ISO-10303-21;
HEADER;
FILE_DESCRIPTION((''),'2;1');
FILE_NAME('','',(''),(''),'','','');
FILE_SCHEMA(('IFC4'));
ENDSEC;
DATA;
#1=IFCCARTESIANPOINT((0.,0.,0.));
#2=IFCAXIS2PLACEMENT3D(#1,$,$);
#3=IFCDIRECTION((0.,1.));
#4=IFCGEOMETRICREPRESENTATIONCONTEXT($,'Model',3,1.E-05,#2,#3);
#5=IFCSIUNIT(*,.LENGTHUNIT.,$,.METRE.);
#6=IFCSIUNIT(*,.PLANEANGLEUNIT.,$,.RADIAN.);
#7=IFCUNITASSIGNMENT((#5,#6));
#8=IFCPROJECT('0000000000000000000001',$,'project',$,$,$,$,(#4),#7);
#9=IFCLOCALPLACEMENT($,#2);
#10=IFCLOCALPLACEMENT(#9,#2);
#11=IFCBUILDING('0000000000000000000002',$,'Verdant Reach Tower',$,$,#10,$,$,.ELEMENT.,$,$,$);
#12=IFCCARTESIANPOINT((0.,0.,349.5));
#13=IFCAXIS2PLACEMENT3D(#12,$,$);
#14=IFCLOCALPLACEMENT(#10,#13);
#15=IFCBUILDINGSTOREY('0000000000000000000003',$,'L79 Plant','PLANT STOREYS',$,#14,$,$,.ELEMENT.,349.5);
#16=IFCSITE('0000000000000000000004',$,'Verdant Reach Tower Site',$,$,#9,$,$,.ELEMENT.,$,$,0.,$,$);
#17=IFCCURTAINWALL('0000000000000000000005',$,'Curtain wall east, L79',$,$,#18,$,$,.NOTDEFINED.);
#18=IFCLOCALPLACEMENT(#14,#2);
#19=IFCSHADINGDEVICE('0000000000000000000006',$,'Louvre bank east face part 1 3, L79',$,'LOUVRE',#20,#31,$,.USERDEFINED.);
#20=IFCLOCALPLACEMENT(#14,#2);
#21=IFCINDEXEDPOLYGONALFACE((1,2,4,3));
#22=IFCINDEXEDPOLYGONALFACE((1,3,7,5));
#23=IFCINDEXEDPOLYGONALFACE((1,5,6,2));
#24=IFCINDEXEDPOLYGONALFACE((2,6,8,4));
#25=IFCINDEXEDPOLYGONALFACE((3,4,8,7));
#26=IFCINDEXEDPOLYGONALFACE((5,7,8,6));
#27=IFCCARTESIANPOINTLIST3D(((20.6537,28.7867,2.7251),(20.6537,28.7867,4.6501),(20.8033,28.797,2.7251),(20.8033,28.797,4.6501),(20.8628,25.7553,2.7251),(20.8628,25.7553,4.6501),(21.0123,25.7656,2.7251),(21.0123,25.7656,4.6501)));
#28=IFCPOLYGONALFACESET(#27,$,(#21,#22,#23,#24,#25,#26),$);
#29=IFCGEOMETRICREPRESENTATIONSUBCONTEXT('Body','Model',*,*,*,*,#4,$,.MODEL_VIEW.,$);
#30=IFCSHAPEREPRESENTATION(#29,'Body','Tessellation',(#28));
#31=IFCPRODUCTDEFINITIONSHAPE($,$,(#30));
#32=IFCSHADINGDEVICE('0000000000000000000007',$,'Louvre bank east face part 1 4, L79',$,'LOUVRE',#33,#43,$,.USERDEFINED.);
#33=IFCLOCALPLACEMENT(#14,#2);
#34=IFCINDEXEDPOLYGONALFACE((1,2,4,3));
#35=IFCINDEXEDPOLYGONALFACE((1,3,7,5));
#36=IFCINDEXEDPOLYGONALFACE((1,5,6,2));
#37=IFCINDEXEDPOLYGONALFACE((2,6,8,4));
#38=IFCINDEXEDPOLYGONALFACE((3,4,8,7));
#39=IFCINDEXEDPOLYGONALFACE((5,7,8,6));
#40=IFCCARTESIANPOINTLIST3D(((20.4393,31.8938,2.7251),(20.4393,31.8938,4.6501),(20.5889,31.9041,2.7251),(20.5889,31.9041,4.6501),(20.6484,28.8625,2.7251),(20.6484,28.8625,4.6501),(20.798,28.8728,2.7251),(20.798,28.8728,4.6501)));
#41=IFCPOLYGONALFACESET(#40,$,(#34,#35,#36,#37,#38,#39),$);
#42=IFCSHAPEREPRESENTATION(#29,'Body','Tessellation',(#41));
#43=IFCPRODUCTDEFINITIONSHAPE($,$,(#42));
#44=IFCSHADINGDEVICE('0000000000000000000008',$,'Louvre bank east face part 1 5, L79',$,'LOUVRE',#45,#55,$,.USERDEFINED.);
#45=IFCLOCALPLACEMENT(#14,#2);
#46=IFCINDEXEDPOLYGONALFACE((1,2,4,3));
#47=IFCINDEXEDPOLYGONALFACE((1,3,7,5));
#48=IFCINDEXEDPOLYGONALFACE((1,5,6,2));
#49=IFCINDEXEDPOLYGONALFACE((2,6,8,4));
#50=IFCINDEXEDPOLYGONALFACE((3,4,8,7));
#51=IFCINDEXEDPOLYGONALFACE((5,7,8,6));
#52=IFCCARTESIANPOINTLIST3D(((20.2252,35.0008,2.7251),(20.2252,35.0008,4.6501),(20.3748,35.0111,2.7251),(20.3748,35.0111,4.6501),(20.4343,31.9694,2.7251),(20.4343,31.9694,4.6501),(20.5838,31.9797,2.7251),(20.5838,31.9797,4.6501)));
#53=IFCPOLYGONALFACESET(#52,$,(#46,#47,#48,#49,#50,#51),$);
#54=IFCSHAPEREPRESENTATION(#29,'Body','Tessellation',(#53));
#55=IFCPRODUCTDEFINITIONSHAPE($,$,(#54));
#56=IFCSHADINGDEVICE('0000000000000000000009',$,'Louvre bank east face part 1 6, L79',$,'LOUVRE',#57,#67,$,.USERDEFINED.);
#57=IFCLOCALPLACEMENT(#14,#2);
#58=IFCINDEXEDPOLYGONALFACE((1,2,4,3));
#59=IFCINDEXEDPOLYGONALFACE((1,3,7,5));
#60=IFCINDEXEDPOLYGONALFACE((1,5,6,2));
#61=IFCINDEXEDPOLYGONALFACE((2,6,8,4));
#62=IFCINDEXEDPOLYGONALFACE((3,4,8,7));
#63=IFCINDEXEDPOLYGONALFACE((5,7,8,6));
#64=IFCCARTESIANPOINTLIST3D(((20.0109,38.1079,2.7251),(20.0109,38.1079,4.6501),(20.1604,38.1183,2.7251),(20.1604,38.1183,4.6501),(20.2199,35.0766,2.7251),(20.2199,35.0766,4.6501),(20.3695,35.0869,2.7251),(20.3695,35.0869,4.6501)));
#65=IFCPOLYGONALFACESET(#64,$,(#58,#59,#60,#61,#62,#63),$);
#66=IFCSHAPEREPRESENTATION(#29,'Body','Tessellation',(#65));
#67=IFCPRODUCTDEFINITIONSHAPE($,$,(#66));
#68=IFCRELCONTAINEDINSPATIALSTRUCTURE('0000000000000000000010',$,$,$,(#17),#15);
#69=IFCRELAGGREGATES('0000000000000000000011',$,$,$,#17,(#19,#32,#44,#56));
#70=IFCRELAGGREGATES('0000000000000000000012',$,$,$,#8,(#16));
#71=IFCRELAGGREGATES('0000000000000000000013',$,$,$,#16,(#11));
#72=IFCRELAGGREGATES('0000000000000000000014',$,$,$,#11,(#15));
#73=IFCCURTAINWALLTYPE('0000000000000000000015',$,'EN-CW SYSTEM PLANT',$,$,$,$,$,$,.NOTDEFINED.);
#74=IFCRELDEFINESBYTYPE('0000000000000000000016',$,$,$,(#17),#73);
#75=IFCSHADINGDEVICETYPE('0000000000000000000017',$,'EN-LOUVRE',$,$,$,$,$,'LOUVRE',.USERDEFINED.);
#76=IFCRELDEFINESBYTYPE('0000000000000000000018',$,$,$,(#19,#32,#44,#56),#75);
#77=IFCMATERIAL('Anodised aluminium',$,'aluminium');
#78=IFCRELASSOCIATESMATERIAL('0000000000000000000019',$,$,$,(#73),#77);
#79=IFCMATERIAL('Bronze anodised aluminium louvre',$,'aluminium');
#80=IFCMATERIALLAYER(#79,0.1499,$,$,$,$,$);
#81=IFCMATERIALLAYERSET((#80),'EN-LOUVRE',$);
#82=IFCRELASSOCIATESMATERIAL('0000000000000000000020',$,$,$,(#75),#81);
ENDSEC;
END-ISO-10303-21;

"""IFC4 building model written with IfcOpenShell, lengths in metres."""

from ifc_helpers import new_model, si_unit, direction, frame, origin, origin_2d, place, context, subcontext, project, spatial, rectangle, extrude, material, layer, layer_set, type_object, element, aggregate, save


model = new_model("IFC4")

# Units and contexts
model_context = context("Model", 3, precision=1e-05, world=origin(), true_north=direction((0.0, 1.0)))
body_context = subcontext(model_context, "Body", "Model", "MODEL_VIEW")
ifc_project = project(units=[si_unit("LENGTHUNIT", "METRE"), si_unit("PLANEANGLEUNIT", "RADIAN")], contexts=[model_context])

# Site, building, storey
site_placement = place(None, origin())
site = spatial("IfcSite", under=ifc_project, at=site_placement, Name="Verdant Reach Tower Site", CompositionType="ELEMENT", RefElevation=0.0)
building_placement = place(site_placement, origin())
building = spatial("IfcBuilding", under=site, at=building_placement, Name="Verdant Reach Tower", CompositionType="ELEMENT")
storey_placement = place(building_placement, frame((0.0, 0.0, 349.5)))
storey = spatial("IfcBuildingStorey", under=building, at=storey_placement, Name="L79 Plant", Description="PLANT STOREYS", CompositionType="ELEMENT", Elevation=349.5)

# Curtain wall
ifc_material_1 = material(Name="Anodised aluminium", Category="aluminium")
curtain_wall_type = type_object("IfcCurtainWallType", Name="EN-CW SYSTEM PLANT", PredefinedType="NOTDEFINED", material=ifc_material_1)
curtain_wall_placement = place(storey_placement, origin())
curtain_wall = element("IfcCurtainWall", 1, at=curtain_wall_placement, inside=storey, type_object=curtain_wall_type, Name="Curtain wall east, L79", PredefinedType="NOTDEFINED")

# Shading devices
ifc_material_2 = material(Name="Bronze anodised aluminium louvre", Category="aluminium")
ifc_layer_1 = layer(ifc_material_2, 0.1499)
ifc_layer_set_1 = layer_set([ifc_layer_1], Name="EN-LOUVRE")
shading_device_type = type_object("IfcShadingDeviceType", Name="EN-LOUVRE", ElementType="LOUVRE", PredefinedType="USERDEFINED", material=ifc_layer_set_1)
shading_device_1_placement = place(storey_placement, frame((20.833, 27.2761, 2.7251), z_axis=(0.0, 0.0, 1.0), x_axis=(-0.068802, 0.99763, 0.0)))
shading_device_1 = element("IfcShadingDevice", 2, at=shading_device_1_placement, type_object=shading_device_type, Name="Louvre bank east face part 1 3, L79", ObjectType="LOUVRE", PredefinedType="USERDEFINED", context=body_context, shape_type="SweptSolid", body=[
    extrude(rectangle(XDim=3.0386, YDim=0.1499, at=origin_2d()), origin(), (0.0, 0.0, 1.0), 1.925),
])
shading_device_2_placement = place(storey_placement, frame((20.6187, 30.3833, 2.7251), z_axis=(0.0, 0.0, 1.0), x_axis=(-0.068802, 0.99763, 0.0)))
shading_device_2 = element("IfcShadingDevice", 3, at=shading_device_2_placement, type_object=shading_device_type, Name="Louvre bank east face part 1 4, L79", ObjectType="LOUVRE", PredefinedType="USERDEFINED", context=body_context, shape_type="SweptSolid", body=[
    extrude(rectangle(XDim=3.0386, YDim=0.1499, at=origin_2d()), origin(), (0.0, 0.0, 1.0), 1.925),
])
shading_device_3_placement = place(storey_placement, frame((20.4045, 33.4902, 2.7251), z_axis=(0.0, 0.0, 1.0), x_axis=(-0.068802, 0.99763, 0.0)))
shading_device_3 = element("IfcShadingDevice", 4, at=shading_device_3_placement, type_object=shading_device_type, Name="Louvre bank east face part 1 5, L79", ObjectType="LOUVRE", PredefinedType="USERDEFINED", context=body_context, shape_type="SweptSolid", body=[
    extrude(rectangle(XDim=3.0386, YDim=0.1499, at=origin_2d()), origin(), (0.0, 0.0, 1.0), 1.925),
])
shading_device_4_placement = place(storey_placement, frame((20.1902, 36.5974, 2.7251), z_axis=(0.0, 0.0, 1.0), x_axis=(-0.068802, 0.99763, 0.0)))
shading_device_4 = element("IfcShadingDevice", 5, at=shading_device_4_placement, type_object=shading_device_type, Name="Louvre bank east face part 1 6, L79", ObjectType="LOUVRE", PredefinedType="USERDEFINED", context=body_context, shape_type="SweptSolid", body=[
    extrude(rectangle(XDim=3.0386, YDim=0.1499, at=origin_2d()), origin(), (0.0, 0.0, 1.0), 1.925),
])
aggregate(curtain_wall, [shading_device_1, shading_device_2, shading_device_3, shading_device_4])

save(model, "model.ifc")
